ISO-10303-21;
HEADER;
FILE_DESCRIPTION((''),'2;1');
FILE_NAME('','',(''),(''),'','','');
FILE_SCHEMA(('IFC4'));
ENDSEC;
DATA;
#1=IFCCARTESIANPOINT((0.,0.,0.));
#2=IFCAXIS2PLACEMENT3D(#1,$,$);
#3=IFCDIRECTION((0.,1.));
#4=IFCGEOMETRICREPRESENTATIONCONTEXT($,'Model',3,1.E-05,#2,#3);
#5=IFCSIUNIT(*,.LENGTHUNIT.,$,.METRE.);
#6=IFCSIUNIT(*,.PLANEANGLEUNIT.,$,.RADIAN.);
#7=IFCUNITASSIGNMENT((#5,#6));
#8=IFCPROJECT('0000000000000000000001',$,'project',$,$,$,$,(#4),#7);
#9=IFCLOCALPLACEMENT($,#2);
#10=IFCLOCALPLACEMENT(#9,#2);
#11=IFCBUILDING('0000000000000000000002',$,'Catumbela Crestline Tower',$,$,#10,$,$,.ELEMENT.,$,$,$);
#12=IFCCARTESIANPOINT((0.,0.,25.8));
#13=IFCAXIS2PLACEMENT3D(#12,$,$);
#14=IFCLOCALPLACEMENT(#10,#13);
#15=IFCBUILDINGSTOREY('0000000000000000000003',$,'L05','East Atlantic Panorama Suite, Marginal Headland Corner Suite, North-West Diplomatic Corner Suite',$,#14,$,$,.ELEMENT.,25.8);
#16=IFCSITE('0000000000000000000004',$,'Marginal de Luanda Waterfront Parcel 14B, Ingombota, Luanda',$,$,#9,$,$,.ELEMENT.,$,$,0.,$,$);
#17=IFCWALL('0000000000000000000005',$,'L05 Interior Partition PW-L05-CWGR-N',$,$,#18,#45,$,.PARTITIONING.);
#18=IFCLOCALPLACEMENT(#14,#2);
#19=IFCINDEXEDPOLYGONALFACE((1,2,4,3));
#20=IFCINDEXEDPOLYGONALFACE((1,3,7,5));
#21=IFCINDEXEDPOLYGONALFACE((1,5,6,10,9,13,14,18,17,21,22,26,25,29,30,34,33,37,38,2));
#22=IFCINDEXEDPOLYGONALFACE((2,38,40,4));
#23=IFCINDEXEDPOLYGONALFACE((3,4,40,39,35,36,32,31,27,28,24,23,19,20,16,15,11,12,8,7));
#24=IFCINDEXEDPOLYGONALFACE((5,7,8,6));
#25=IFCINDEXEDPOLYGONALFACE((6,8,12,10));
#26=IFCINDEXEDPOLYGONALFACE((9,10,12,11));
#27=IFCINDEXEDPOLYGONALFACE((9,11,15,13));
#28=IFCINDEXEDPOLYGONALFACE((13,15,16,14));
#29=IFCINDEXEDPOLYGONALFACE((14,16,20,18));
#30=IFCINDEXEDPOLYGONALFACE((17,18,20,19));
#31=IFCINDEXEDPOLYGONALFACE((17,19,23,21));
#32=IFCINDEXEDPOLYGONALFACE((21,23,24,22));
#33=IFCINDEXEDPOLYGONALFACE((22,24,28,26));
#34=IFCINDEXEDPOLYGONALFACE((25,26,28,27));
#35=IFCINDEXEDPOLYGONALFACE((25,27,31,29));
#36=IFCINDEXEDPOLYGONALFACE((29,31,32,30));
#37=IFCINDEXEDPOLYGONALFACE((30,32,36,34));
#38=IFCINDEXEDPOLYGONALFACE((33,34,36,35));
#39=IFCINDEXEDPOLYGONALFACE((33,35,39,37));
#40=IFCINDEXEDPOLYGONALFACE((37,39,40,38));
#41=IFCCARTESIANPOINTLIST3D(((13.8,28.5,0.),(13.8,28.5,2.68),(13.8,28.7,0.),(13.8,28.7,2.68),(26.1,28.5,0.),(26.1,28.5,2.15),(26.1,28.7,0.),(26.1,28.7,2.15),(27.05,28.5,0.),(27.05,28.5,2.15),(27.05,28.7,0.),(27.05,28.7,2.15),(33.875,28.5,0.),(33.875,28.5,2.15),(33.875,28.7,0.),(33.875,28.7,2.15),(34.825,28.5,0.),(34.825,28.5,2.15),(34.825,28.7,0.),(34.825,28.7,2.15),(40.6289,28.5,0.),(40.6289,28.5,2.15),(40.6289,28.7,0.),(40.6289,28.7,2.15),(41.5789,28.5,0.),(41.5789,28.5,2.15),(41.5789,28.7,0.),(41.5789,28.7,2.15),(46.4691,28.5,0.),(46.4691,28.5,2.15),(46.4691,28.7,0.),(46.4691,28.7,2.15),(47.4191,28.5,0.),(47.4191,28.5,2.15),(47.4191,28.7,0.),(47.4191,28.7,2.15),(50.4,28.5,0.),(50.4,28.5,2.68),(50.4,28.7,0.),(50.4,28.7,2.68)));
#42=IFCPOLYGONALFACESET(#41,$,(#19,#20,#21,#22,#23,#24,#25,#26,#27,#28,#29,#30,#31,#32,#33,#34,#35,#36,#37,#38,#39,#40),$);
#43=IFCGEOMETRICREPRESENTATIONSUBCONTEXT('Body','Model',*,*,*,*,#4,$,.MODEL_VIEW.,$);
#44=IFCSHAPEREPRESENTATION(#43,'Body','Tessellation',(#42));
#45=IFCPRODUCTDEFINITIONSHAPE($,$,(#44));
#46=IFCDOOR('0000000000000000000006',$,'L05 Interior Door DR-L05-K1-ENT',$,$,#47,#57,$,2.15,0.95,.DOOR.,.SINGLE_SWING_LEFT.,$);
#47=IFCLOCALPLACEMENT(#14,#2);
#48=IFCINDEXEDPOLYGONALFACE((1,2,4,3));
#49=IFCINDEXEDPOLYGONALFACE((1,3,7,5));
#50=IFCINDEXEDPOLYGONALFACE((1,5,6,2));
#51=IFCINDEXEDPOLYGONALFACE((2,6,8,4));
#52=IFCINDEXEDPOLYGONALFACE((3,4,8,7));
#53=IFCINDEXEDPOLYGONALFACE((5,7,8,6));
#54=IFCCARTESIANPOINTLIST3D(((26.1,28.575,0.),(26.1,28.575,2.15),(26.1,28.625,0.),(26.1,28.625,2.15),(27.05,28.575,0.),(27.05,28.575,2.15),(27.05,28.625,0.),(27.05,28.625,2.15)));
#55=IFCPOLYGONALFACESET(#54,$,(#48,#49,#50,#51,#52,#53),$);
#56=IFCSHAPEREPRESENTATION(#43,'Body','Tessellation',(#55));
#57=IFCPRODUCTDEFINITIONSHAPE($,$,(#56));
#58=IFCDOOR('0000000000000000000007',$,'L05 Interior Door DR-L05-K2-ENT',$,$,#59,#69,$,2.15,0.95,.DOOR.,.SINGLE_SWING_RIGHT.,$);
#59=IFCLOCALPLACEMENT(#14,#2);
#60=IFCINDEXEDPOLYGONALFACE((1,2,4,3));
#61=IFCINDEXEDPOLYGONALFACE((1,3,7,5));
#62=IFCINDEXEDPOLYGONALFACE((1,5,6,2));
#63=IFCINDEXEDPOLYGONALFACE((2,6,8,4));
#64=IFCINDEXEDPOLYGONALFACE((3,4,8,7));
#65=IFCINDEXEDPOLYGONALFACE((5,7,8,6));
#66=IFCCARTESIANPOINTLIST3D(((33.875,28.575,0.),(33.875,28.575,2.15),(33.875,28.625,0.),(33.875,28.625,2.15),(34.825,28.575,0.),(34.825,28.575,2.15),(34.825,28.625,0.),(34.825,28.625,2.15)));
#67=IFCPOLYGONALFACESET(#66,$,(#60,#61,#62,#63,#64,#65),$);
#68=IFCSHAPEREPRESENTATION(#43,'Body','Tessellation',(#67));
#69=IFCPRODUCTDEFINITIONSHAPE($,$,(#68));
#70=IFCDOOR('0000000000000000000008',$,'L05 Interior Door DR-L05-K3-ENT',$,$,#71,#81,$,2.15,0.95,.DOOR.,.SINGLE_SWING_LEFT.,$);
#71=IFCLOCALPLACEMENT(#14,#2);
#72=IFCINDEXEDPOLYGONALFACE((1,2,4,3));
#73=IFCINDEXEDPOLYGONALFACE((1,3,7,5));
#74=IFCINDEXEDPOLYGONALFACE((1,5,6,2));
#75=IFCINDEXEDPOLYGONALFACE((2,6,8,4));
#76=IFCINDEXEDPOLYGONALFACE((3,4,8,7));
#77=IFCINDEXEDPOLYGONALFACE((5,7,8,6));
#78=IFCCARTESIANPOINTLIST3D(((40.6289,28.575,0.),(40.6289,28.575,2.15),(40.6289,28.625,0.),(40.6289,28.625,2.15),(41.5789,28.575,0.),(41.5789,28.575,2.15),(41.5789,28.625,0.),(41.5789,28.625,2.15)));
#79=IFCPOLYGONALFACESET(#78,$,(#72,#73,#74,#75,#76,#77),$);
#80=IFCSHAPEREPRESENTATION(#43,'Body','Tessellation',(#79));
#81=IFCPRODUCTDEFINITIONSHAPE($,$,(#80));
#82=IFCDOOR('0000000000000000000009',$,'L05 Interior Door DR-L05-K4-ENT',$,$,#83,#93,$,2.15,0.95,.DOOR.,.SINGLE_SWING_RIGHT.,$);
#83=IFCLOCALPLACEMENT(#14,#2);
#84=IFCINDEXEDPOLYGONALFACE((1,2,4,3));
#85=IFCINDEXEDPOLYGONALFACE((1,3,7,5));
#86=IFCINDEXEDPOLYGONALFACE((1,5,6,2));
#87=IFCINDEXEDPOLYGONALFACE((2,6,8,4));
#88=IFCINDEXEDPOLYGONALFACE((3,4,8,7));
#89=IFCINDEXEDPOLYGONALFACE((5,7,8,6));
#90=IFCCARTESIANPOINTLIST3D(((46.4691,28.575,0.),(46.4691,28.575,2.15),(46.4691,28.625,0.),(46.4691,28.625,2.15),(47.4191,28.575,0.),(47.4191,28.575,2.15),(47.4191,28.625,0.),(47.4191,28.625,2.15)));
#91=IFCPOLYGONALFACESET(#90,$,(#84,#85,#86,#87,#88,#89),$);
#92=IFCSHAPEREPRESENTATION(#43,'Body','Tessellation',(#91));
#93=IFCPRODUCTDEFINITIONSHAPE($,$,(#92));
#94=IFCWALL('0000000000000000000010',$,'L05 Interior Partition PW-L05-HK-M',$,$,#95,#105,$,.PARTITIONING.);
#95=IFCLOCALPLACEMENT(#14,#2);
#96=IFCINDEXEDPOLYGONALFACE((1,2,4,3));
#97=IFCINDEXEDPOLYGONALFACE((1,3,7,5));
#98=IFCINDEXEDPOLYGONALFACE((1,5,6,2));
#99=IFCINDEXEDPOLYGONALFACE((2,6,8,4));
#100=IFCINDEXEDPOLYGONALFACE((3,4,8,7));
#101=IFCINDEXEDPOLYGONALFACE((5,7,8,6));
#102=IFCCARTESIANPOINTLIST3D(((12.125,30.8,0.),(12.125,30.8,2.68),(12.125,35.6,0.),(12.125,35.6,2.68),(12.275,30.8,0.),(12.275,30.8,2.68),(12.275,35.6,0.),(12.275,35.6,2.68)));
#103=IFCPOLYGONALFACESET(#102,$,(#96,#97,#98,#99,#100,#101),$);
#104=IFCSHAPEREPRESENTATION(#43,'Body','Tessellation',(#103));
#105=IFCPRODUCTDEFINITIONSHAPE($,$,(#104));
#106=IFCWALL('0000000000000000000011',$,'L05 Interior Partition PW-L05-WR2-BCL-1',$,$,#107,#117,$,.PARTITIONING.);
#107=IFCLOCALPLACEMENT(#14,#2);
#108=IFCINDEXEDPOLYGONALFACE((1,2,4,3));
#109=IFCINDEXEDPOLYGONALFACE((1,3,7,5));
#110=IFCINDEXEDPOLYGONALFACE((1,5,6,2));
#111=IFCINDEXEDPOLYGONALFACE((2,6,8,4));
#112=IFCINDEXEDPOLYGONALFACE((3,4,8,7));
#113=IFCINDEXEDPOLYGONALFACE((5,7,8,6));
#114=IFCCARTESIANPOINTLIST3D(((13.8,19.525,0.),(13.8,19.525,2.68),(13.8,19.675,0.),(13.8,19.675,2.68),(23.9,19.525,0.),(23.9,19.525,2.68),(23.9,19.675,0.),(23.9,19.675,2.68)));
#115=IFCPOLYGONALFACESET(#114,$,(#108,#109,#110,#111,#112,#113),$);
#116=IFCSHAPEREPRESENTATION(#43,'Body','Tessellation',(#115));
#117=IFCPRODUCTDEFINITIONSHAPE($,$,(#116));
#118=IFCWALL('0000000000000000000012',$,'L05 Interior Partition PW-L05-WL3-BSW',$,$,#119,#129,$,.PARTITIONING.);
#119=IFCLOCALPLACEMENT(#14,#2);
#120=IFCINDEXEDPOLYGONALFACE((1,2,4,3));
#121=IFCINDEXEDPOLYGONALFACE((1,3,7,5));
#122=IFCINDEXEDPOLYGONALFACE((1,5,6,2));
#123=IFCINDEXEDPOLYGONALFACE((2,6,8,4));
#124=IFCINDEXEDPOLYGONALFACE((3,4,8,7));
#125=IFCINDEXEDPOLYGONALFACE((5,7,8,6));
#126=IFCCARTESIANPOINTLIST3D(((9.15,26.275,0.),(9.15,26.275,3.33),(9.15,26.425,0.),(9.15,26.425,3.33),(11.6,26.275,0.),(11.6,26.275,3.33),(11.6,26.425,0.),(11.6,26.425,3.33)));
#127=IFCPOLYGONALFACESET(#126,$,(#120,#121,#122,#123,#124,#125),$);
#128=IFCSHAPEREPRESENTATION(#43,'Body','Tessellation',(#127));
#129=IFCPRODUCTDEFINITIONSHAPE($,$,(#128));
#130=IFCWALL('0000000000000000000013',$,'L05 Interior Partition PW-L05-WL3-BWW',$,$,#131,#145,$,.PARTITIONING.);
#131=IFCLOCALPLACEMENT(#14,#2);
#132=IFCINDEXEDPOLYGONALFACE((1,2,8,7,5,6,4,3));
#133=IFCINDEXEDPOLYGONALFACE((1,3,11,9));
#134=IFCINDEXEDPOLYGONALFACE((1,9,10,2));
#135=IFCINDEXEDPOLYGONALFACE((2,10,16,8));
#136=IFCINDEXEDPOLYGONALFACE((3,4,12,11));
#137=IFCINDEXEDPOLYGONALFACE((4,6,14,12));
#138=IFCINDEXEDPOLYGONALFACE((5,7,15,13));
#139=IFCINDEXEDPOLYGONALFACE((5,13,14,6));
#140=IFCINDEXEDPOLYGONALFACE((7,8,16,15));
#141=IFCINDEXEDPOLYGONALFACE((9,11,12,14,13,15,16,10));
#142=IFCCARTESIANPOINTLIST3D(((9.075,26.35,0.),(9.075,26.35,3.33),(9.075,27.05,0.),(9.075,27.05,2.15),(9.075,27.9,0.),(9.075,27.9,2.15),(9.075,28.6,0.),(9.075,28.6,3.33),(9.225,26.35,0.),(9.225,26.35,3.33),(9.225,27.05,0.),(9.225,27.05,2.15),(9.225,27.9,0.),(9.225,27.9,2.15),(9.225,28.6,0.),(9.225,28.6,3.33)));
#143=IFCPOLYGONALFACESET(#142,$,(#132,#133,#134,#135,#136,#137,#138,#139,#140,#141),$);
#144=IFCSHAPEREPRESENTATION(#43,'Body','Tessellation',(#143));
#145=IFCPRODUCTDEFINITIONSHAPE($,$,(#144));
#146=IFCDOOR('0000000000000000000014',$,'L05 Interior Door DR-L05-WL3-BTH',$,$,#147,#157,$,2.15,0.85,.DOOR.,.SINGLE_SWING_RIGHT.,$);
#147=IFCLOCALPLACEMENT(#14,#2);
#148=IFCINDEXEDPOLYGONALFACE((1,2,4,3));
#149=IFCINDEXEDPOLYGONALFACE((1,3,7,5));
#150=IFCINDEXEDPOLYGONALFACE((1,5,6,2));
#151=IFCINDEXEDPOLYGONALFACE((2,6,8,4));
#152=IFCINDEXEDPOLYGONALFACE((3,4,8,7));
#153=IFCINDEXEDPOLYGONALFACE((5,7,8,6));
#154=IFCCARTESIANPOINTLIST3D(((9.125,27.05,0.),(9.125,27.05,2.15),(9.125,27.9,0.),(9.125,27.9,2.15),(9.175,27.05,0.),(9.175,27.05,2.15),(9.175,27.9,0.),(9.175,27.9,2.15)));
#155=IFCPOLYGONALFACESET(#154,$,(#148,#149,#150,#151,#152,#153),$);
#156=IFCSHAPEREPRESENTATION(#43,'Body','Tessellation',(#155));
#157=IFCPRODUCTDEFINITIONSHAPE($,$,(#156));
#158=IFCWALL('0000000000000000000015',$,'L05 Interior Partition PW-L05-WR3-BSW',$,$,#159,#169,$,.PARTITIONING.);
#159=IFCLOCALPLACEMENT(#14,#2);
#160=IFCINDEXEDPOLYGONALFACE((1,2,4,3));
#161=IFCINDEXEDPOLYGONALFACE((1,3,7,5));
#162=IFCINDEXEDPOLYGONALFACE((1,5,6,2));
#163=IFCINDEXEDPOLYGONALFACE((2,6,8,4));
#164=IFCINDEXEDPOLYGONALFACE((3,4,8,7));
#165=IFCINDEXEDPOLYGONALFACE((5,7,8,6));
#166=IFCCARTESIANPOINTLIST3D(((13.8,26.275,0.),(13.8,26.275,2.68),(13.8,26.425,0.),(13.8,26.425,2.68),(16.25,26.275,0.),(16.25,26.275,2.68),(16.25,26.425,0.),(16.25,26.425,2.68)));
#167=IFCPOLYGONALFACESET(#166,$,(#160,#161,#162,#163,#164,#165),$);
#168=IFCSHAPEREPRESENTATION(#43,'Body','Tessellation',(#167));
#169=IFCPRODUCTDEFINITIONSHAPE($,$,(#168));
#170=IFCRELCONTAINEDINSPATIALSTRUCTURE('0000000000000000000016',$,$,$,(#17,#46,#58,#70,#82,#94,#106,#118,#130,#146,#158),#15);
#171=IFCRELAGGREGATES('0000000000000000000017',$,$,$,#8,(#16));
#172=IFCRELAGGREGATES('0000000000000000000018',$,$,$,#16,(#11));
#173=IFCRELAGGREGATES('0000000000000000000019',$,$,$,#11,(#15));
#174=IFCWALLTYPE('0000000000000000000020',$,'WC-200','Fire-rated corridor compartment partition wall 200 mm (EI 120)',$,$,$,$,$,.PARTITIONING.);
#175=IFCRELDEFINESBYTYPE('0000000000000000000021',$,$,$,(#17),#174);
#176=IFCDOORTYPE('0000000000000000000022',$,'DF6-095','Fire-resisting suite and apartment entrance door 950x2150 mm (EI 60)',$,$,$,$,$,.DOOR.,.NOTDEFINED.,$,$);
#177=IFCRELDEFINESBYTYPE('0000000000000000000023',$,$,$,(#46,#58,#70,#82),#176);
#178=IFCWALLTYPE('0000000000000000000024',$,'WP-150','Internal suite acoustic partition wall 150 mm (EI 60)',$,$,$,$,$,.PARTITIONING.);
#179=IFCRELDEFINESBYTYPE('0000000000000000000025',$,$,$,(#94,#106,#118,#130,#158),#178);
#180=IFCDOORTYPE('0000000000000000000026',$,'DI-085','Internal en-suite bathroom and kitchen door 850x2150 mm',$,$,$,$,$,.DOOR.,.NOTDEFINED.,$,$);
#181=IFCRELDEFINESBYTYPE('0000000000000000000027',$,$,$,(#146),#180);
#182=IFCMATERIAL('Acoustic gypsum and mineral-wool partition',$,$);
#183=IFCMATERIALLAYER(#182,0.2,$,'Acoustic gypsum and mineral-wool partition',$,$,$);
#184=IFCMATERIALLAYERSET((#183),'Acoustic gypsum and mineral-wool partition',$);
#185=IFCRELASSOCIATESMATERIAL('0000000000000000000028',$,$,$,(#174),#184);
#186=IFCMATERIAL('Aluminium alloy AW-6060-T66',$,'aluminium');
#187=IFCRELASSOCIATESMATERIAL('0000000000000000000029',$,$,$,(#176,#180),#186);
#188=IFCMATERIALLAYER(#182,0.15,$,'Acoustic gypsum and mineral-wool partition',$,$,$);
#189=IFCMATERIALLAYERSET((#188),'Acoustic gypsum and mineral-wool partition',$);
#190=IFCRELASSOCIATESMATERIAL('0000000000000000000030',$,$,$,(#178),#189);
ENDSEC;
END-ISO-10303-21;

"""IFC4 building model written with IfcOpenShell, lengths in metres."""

from ifc_helpers import new_model, si_unit, direction, frame, frame_2d, origin, place, context, subcontext, project, spatial, rectangle, extrude, material, layer, layer_set, type_object, element, fill, save


model = new_model("IFC4")

# Units and contexts
model_context = context("Model", 3, precision=1e-05, world=origin(), true_north=direction((0.0, 1.0)))
body_context = subcontext(model_context, "Body", "Model", "MODEL_VIEW")
ifc_project = project(units=[si_unit("LENGTHUNIT", "METRE"), si_unit("PLANEANGLEUNIT", "RADIAN")], contexts=[model_context])

# Site, building, storey
site_placement = place(None, origin())
site = spatial("IfcSite", under=ifc_project, at=site_placement, Name="Marginal de Luanda Waterfront Parcel 14B, Ingombota, Luanda", CompositionType="ELEMENT", RefElevation=0.0)
building_placement = place(site_placement, origin())
building = spatial("IfcBuilding", under=site, at=building_placement, Name="Catumbela Crestline Tower", CompositionType="ELEMENT")
storey_placement = place(building_placement, frame((0.0, 0.0, 25.8)))
storey = spatial("IfcBuildingStorey", under=building, at=storey_placement, Name="L05", Description="East Atlantic Panorama Suite, Marginal Headland Corner Suite, North-West Diplomatic Corner Suite", CompositionType="ELEMENT", Elevation=25.8)

# Wall, openings, doors
ifc_material_1 = material(Name="Acoustic gypsum and mineral-wool partition")
ifc_layer_1 = layer(ifc_material_1, 0.2, Name="Acoustic gypsum and mineral-wool partition")
ifc_layer_set_1 = layer_set([ifc_layer_1], Name="Acoustic gypsum and mineral-wool partition")
wall_type_1 = type_object("IfcWallType", Name="WC-200", Description="Fire-rated corridor compartment partition wall 200 mm (EI 120)", PredefinedType="PARTITIONING", material=ifc_layer_set_1)
wall_1_placement = place(storey_placement, frame((13.8, 28.6, 0.0), z_axis=(0.0, 0.0, 1.0), x_axis=(1.0, 0.0, 0.0)))
wall_1 = element("IfcWall", 1, at=wall_1_placement, inside=storey, type_object=wall_type_1, Name="L05 Interior Partition PW-L05-CWGR-N", PredefinedType="PARTITIONING", context=body_context, shape_type="SweptSolid", body=[
    extrude(rectangle(XDim=36.6, YDim=0.2, at=frame_2d((18.3, 0.0))), origin(), (0.0, 0.0, 1.0), 2.68),
])
opening_1_placement = place(wall_1_placement, frame((12.3, 0.0, 0.0)))
opening_1 = element("IfcOpeningElement", 2, at=opening_1_placement, cuts=wall_1, PredefinedType="OPENING", context=body_context, shape_type="SweptSolid", body=[
    extrude(rectangle(XDim=0.95, YDim=2.15, at=frame_2d((0.475, 1.075))), frame((0.0, 0.11, 0.0), z_axis=(0.0, -1.0, 0.0), x_axis=(1.0, 0.0, 0.0)), (0.0, 0.0, 1.0), 0.22),
])
opening_2_placement = place(wall_1_placement, frame((20.075, 0.0, 0.0)))
opening_2 = element("IfcOpeningElement", 3, at=opening_2_placement, cuts=wall_1, PredefinedType="OPENING", context=body_context, shape_type="SweptSolid", body=[
    extrude(rectangle(XDim=0.95, YDim=2.15, at=frame_2d((0.475, 1.075))), frame((0.0, 0.11, 0.0), z_axis=(0.0, -1.0, 0.0), x_axis=(1.0, 0.0, 0.0)), (0.0, 0.0, 1.0), 0.22),
])
opening_3_placement = place(wall_1_placement, frame((26.8289, 0.0, 0.0)))
opening_3 = element("IfcOpeningElement", 4, at=opening_3_placement, cuts=wall_1, PredefinedType="OPENING", context=body_context, shape_type="SweptSolid", body=[
    extrude(rectangle(XDim=0.95, YDim=2.15, at=frame_2d((0.475, 1.075))), frame((0.0, 0.11, 0.0), z_axis=(0.0, -1.0, 0.0), x_axis=(1.0, 0.0, 0.0)), (0.0, 0.0, 1.0), 0.22),
])
opening_4_placement = place(wall_1_placement, frame((32.6691, 0.0, 0.0)))
opening_4 = element("IfcOpeningElement", 5, at=opening_4_placement, cuts=wall_1, PredefinedType="OPENING", context=body_context, shape_type="SweptSolid", body=[
    extrude(rectangle(XDim=0.95, YDim=2.15, at=frame_2d((0.475, 1.075))), frame((0.0, 0.11, 0.0), z_axis=(0.0, -1.0, 0.0), x_axis=(1.0, 0.0, 0.0)), (0.0, 0.0, 1.0), 0.22),
])
ifc_material_2 = material(Name="Aluminium alloy AW-6060-T66", Category="aluminium")
door_type_1 = type_object("IfcDoorType", Name="DF6-095", Description="Fire-resisting suite and apartment entrance door 950x2150 mm (EI 60)", OperationType="NOTDEFINED", PredefinedType="DOOR", material=ifc_material_2)
door_1_placement = place(opening_1_placement, origin())
door_1 = element("IfcDoor", 6, at=door_1_placement, inside=storey, type_object=door_type_1, Name="L05 Interior Door DR-L05-K1-ENT", OperationType="SINGLE_SWING_LEFT", OverallHeight=2.15, OverallWidth=0.95, PredefinedType="DOOR", context=body_context, shape_type="SweptSolid", body=[
    extrude(rectangle(XDim=0.95, YDim=2.15, at=frame_2d((0.475, 1.075))), frame((0.0, 0.025, 0.0), z_axis=(0.0, -1.0, 0.0), x_axis=(1.0, 0.0, 0.0)), (0.0, 0.0, 1.0), 0.05),
])
fill(opening_1, door_1)
door_2_placement = place(opening_2_placement, origin())
door_2 = element("IfcDoor", 7, at=door_2_placement, inside=storey, type_object=door_type_1, Name="L05 Interior Door DR-L05-K2-ENT", OperationType="SINGLE_SWING_RIGHT", OverallHeight=2.15, OverallWidth=0.95, PredefinedType="DOOR", context=body_context, shape_type="SweptSolid", body=[
    extrude(rectangle(XDim=0.95, YDim=2.15, at=frame_2d((0.475, 1.075))), frame((0.0, 0.025, 0.0), z_axis=(0.0, -1.0, 0.0), x_axis=(1.0, 0.0, 0.0)), (0.0, 0.0, 1.0), 0.05),
])
fill(opening_2, door_2)
door_3_placement = place(opening_3_placement, origin())
door_3 = element("IfcDoor", 8, at=door_3_placement, inside=storey, type_object=door_type_1, Name="L05 Interior Door DR-L05-K3-ENT", OperationType="SINGLE_SWING_LEFT", OverallHeight=2.15, OverallWidth=0.95, PredefinedType="DOOR", context=body_context, shape_type="SweptSolid", body=[
    extrude(rectangle(XDim=0.95, YDim=2.15, at=frame_2d((0.475, 1.075))), frame((0.0, 0.025, 0.0), z_axis=(0.0, -1.0, 0.0), x_axis=(1.0, 0.0, 0.0)), (0.0, 0.0, 1.0), 0.05),
])
fill(opening_3, door_3)
door_4_placement = place(opening_4_placement, origin())
door_4 = element("IfcDoor", 9, at=door_4_placement, inside=storey, type_object=door_type_1, Name="L05 Interior Door DR-L05-K4-ENT", OperationType="SINGLE_SWING_RIGHT", OverallHeight=2.15, OverallWidth=0.95, PredefinedType="DOOR", context=body_context, shape_type="SweptSolid", body=[
    extrude(rectangle(XDim=0.95, YDim=2.15, at=frame_2d((0.475, 1.075))), frame((0.0, 0.025, 0.0), z_axis=(0.0, -1.0, 0.0), x_axis=(1.0, 0.0, 0.0)), (0.0, 0.0, 1.0), 0.05),
])
fill(opening_4, door_4)

# Walls
ifc_layer_2 = layer(ifc_material_1, 0.15, Name="Acoustic gypsum and mineral-wool partition")
ifc_layer_set_2 = layer_set([ifc_layer_2], Name="Acoustic gypsum and mineral-wool partition")
wall_type_2 = type_object("IfcWallType", Name="WP-150", Description="Internal suite acoustic partition wall 150 mm (EI 60)", PredefinedType="PARTITIONING", material=ifc_layer_set_2)
wall_2_placement = place(storey_placement, frame((12.2, 30.8, 0.0), z_axis=(0.0, 0.0, 1.0), x_axis=(0.0, 1.0, 0.0)))
element("IfcWall", 10, at=wall_2_placement, inside=storey, type_object=wall_type_2, Name="L05 Interior Partition PW-L05-HK-M", PredefinedType="PARTITIONING", context=body_context, shape_type="SweptSolid", body=[
    extrude(rectangle(XDim=4.8, YDim=0.15, at=frame_2d((2.4, 0.0))), origin(), (0.0, 0.0, 1.0), 2.68),
])
wall_3_placement = place(storey_placement, frame((13.8, 19.6, 0.0), z_axis=(0.0, 0.0, 1.0), x_axis=(1.0, 0.0, 0.0)))
element("IfcWall", 11, at=wall_3_placement, inside=storey, type_object=wall_type_2, Name="L05 Interior Partition PW-L05-WR2-BCL-1", PredefinedType="PARTITIONING", context=body_context, shape_type="SweptSolid", body=[
    extrude(rectangle(XDim=10.1, YDim=0.15, at=frame_2d((5.05, 0.0))), origin(), (0.0, 0.0, 1.0), 2.68),
])
wall_4_placement = place(storey_placement, frame((9.15, 26.35, 0.0), z_axis=(0.0, 0.0, 1.0), x_axis=(1.0, 0.0, 0.0)))
element("IfcWall", 12, at=wall_4_placement, inside=storey, type_object=wall_type_2, Name="L05 Interior Partition PW-L05-WL3-BSW", PredefinedType="PARTITIONING", context=body_context, shape_type="SweptSolid", body=[
    extrude(rectangle(XDim=2.45, YDim=0.15, at=frame_2d((1.225, 0.0))), origin(), (0.0, 0.0, 1.0), 3.33),
])

# Wall, opening, door
wall_5_placement = place(storey_placement, frame((9.15, 26.35, 0.0), z_axis=(0.0, 0.0, 1.0), x_axis=(0.0, 1.0, 0.0)))
wall_5 = element("IfcWall", 13, at=wall_5_placement, inside=storey, type_object=wall_type_2, Name="L05 Interior Partition PW-L05-WL3-BWW", PredefinedType="PARTITIONING", context=body_context, shape_type="SweptSolid", body=[
    extrude(rectangle(XDim=2.25, YDim=0.15, at=frame_2d((1.125, 0.0))), origin(), (0.0, 0.0, 1.0), 3.33),
])
opening_5_placement = place(wall_5_placement, frame((0.7, 0.0, 0.0)))
opening_5 = element("IfcOpeningElement", 14, at=opening_5_placement, cuts=wall_5, PredefinedType="OPENING", context=body_context, shape_type="SweptSolid", body=[
    extrude(rectangle(XDim=0.85, YDim=2.15, at=frame_2d((0.425, 1.075))), frame((0.0, 0.085, 0.0), z_axis=(0.0, -1.0, 0.0), x_axis=(1.0, 0.0, 0.0)), (0.0, 0.0, 1.0), 0.17),
])
door_type_2 = type_object("IfcDoorType", Name="DI-085", Description="Internal en-suite bathroom and kitchen door 850x2150 mm", OperationType="NOTDEFINED", PredefinedType="DOOR", material=ifc_material_2)
door_5_placement = place(opening_5_placement, origin())
door_5 = element("IfcDoor", 15, at=door_5_placement, inside=storey, type_object=door_type_2, Name="L05 Interior Door DR-L05-WL3-BTH", OperationType="SINGLE_SWING_RIGHT", OverallHeight=2.15, OverallWidth=0.85, PredefinedType="DOOR", context=body_context, shape_type="SweptSolid", body=[
    extrude(rectangle(XDim=0.85, YDim=2.15, at=frame_2d((0.425, 1.075))), frame((0.0, 0.025, 0.0), z_axis=(0.0, -1.0, 0.0), x_axis=(1.0, 0.0, 0.0)), (0.0, 0.0, 1.0), 0.05),
])
fill(opening_5, door_5)

# Wall
wall_6_placement = place(storey_placement, frame((13.8, 26.35, 0.0), z_axis=(0.0, 0.0, 1.0), x_axis=(1.0, 0.0, 0.0)))
element("IfcWall", 16, at=wall_6_placement, inside=storey, type_object=wall_type_2, Name="L05 Interior Partition PW-L05-WR3-BSW", PredefinedType="PARTITIONING", context=body_context, shape_type="SweptSolid", body=[
    extrude(rectangle(XDim=2.45, YDim=0.15, at=frame_2d((1.225, 0.0))), origin(), (0.0, 0.0, 1.0), 2.68),
])

save(model, "model.ifc")
